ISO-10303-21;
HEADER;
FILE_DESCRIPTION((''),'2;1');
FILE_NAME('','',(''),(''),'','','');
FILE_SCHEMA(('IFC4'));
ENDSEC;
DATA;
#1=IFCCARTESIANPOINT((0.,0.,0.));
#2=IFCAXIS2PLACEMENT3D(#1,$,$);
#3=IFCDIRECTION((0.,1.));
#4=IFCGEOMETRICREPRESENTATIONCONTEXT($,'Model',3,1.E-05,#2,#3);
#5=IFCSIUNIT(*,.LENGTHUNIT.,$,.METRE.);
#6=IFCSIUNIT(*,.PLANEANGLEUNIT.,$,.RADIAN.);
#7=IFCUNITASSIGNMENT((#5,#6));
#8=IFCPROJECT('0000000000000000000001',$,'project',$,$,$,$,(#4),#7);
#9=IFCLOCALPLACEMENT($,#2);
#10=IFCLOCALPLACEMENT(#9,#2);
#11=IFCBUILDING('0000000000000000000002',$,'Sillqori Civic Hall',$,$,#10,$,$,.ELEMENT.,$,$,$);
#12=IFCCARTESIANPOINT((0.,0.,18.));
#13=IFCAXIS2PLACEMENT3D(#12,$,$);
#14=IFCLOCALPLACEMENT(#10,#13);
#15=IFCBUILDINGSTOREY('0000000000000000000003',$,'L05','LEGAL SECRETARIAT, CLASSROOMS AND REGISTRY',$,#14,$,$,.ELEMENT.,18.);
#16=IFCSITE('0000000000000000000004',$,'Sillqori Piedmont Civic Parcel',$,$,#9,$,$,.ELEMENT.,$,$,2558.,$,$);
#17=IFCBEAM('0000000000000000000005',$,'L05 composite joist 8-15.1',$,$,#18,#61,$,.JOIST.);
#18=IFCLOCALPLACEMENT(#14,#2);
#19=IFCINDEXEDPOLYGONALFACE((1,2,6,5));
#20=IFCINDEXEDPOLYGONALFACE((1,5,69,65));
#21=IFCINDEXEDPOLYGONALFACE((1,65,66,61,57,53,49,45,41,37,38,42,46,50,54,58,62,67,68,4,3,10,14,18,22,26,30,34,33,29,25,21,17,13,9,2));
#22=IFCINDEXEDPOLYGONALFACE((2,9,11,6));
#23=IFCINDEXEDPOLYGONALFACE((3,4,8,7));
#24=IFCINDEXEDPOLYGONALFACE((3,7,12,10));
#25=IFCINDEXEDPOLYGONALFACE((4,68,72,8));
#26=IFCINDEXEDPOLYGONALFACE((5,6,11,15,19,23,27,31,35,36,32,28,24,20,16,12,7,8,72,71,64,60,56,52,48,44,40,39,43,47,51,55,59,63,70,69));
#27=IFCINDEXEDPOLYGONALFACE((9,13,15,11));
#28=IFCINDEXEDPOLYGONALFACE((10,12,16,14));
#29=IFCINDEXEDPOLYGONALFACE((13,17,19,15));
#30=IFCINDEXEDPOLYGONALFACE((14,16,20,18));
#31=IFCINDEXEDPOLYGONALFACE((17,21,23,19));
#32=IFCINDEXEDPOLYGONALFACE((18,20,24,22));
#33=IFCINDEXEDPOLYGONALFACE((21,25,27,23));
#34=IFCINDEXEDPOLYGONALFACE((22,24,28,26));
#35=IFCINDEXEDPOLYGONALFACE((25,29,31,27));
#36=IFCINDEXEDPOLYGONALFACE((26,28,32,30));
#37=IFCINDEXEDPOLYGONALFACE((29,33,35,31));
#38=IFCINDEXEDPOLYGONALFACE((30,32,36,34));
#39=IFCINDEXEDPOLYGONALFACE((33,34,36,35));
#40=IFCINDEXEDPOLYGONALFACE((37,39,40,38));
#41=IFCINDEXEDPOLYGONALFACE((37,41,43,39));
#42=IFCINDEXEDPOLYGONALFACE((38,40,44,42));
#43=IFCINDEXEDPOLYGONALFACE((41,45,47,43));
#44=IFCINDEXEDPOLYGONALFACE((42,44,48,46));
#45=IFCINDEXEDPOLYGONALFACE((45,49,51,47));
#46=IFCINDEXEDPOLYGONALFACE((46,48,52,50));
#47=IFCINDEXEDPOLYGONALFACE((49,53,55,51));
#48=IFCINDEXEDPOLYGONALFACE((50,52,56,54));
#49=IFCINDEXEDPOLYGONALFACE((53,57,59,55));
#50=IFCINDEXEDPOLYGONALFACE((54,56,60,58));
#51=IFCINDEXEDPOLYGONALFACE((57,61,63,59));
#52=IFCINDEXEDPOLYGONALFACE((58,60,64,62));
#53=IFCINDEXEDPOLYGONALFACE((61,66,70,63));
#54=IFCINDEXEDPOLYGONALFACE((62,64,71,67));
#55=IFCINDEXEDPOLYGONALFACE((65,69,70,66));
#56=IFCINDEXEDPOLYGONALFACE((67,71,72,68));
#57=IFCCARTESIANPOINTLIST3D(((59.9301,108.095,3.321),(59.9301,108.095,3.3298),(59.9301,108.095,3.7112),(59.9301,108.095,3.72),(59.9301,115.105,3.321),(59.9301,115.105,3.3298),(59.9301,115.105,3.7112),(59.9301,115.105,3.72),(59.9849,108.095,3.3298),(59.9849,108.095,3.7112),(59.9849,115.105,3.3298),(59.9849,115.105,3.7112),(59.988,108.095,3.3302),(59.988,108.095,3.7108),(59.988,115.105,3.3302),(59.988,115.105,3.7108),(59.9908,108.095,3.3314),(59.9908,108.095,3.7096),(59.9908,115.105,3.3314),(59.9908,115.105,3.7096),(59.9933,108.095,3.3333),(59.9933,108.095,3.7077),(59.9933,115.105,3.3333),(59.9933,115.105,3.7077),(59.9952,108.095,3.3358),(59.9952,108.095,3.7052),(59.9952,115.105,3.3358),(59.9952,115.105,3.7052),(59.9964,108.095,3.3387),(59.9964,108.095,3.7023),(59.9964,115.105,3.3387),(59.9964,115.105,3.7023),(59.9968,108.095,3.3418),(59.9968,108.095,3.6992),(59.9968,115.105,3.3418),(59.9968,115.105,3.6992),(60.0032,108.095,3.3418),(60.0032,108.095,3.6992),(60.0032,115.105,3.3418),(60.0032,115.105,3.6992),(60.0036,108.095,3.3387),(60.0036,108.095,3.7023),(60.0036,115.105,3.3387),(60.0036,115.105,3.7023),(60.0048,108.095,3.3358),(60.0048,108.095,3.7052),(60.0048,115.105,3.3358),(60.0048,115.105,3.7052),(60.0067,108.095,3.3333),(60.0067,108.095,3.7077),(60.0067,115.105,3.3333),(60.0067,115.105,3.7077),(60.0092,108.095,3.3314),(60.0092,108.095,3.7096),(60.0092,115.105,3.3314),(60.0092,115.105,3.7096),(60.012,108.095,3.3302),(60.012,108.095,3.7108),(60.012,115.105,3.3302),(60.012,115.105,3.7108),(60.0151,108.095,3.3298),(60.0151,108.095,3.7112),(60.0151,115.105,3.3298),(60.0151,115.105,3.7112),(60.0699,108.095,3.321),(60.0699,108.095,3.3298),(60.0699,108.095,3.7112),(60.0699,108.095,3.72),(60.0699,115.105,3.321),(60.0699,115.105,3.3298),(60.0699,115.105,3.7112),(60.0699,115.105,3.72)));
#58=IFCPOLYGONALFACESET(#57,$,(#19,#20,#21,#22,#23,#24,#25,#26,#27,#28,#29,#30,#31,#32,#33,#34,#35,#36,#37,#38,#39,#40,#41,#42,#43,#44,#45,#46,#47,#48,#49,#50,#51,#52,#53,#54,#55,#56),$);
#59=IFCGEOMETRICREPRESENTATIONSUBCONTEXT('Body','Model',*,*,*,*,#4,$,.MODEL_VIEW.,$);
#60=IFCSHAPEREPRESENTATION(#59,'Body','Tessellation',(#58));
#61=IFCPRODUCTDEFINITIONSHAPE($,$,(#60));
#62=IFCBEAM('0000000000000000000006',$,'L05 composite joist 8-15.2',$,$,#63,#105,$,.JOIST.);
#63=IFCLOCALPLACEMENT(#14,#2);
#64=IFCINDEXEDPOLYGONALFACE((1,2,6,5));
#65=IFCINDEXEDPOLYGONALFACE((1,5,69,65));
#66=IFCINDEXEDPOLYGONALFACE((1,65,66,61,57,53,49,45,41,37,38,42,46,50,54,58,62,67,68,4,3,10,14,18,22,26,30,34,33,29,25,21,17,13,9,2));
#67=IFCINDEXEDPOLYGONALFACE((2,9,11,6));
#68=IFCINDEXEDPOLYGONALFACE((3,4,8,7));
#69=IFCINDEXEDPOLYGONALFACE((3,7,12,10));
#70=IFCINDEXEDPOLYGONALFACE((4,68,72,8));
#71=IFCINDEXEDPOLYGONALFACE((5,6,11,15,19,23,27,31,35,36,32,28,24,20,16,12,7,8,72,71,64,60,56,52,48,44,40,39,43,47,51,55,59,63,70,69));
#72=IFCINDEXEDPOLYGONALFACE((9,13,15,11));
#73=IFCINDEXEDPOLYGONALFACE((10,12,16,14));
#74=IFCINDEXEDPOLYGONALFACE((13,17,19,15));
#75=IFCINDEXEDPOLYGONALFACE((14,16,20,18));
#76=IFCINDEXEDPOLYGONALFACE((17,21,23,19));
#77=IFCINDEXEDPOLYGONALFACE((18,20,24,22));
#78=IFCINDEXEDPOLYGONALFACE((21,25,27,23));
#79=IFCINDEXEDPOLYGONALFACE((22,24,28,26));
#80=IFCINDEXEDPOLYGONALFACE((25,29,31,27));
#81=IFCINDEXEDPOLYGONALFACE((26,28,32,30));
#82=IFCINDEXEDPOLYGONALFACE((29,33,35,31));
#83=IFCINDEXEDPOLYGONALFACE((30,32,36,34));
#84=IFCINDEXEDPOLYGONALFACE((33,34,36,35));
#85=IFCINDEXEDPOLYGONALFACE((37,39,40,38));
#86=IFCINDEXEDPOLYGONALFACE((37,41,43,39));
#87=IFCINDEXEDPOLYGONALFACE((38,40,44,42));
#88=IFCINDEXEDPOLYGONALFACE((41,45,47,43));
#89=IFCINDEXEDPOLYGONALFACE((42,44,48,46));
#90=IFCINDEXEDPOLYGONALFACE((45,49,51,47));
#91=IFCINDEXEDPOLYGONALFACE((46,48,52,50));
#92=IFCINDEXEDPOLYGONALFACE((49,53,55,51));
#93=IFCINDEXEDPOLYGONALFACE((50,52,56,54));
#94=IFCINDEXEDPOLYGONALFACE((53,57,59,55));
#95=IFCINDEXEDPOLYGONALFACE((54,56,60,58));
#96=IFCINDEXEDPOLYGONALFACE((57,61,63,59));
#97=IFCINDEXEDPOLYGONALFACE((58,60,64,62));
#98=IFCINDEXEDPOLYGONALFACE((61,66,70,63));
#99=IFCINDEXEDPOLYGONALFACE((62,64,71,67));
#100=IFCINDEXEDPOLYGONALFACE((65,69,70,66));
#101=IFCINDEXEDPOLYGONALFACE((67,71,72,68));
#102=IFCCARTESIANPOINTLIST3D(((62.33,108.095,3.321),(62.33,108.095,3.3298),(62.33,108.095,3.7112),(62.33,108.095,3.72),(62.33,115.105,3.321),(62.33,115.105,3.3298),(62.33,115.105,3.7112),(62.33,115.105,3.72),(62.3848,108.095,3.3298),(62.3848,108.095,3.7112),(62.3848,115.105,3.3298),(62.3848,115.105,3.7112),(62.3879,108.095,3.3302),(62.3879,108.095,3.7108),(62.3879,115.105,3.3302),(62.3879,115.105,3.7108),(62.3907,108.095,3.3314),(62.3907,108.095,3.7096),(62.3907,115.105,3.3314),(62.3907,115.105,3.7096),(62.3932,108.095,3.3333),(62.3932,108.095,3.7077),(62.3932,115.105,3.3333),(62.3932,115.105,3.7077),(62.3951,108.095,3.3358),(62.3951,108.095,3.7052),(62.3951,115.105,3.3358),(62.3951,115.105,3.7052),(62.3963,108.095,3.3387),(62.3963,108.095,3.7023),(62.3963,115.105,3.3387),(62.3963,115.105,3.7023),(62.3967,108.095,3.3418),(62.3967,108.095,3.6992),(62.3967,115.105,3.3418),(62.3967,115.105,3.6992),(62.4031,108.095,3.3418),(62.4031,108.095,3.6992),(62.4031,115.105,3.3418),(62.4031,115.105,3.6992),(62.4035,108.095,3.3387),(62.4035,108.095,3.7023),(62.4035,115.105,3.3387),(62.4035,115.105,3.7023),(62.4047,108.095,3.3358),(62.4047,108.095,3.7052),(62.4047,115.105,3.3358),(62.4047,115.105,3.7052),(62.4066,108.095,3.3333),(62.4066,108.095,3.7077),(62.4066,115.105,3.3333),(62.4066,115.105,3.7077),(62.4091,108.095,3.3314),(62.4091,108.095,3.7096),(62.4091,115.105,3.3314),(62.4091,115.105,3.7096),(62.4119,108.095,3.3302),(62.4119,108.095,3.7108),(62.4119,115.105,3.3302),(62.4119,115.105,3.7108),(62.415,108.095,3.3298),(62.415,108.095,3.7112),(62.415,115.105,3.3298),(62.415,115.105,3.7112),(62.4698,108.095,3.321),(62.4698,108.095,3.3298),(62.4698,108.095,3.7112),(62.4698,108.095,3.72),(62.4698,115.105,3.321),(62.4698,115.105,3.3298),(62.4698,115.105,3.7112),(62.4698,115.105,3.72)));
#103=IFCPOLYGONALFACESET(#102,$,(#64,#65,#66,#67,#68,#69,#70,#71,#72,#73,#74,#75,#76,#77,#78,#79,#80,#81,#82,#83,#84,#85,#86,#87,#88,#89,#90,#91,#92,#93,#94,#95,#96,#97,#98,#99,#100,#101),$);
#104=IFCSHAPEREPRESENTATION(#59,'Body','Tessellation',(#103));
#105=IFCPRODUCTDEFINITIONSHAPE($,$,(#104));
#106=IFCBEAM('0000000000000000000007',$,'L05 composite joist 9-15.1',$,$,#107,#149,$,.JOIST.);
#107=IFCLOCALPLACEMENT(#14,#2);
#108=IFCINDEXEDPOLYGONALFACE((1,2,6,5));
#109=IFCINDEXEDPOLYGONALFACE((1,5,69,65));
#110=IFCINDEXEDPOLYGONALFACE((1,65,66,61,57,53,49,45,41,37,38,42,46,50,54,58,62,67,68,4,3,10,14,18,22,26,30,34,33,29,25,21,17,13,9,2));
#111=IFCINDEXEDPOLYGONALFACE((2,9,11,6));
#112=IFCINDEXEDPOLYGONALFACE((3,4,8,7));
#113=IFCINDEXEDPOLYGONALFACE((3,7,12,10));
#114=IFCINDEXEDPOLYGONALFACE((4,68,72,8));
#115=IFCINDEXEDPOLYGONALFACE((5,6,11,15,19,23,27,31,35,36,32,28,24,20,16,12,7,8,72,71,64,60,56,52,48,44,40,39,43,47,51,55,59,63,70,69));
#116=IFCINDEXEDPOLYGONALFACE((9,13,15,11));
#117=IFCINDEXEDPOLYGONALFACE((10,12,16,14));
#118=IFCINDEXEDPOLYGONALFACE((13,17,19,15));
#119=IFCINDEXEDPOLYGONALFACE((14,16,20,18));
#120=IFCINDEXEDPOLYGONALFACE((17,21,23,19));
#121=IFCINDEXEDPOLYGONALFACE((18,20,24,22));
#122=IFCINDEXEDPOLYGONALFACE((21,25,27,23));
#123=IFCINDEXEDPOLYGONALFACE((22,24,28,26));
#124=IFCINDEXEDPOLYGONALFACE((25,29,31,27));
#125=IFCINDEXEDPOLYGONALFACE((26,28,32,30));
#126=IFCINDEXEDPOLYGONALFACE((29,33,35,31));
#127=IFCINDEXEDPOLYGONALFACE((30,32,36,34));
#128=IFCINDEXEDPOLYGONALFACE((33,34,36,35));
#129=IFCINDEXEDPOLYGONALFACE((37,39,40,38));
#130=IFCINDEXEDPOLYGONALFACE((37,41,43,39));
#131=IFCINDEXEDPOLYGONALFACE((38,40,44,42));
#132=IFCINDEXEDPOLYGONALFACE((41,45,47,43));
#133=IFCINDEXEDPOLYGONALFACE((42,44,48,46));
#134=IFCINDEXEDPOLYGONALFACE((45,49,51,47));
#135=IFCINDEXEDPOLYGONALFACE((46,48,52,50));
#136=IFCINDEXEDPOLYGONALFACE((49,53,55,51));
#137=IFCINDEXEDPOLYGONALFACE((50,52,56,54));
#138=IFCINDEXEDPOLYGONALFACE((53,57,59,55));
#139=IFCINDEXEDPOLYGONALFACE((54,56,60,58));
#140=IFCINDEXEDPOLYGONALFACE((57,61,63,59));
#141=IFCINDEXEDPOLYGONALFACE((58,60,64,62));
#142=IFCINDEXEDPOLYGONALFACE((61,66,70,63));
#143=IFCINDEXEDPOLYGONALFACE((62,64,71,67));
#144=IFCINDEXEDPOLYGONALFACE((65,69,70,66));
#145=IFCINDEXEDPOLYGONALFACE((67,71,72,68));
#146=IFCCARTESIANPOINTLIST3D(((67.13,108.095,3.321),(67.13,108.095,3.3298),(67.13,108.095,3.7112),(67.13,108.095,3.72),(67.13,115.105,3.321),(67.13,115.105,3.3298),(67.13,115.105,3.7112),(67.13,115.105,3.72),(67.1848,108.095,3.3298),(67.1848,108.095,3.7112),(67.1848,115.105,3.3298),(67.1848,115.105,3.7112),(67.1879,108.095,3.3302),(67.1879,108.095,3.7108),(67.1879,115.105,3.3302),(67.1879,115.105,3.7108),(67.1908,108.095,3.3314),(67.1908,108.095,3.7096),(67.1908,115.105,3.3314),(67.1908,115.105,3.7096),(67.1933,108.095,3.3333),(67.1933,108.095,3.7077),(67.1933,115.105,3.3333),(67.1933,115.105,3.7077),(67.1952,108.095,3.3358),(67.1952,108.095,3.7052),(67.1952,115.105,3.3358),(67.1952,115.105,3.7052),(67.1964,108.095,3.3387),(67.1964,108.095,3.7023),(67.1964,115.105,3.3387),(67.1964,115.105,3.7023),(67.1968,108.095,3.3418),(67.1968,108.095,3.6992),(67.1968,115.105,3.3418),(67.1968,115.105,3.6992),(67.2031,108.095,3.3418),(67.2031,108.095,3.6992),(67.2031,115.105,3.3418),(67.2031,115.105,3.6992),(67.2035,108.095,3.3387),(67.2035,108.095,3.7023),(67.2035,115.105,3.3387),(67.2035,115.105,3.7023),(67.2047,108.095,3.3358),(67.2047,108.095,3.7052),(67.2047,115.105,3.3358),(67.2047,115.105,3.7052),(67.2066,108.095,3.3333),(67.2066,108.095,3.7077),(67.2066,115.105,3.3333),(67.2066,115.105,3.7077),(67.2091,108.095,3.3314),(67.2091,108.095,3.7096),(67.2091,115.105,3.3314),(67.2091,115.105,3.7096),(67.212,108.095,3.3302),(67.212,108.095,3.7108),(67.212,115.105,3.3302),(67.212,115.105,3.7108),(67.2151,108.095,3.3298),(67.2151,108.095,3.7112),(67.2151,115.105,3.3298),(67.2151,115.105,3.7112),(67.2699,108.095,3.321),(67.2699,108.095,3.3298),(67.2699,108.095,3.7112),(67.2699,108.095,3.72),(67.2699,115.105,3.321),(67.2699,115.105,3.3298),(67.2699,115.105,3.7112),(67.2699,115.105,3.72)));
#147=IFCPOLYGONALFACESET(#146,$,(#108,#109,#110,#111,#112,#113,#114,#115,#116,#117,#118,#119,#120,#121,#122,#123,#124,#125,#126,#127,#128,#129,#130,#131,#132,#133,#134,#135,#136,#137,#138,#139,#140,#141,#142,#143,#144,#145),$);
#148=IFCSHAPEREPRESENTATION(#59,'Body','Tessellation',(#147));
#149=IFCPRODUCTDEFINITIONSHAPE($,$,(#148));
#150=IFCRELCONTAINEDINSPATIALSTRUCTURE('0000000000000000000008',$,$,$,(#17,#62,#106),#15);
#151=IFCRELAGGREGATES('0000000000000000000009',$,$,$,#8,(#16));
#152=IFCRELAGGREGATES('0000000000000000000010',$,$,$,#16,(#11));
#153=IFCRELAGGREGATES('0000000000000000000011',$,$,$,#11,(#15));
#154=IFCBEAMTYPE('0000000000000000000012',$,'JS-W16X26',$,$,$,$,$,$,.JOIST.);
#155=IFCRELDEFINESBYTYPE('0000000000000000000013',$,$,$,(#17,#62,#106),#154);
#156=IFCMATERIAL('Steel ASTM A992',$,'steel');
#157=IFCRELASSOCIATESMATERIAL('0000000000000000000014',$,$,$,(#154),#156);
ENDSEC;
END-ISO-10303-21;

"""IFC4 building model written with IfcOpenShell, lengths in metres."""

from ifc_helpers import new_model, si_unit, direction, frame, origin, origin_2d, place, context, subcontext, project, spatial, i_section, extrude, material, material_profile, profile_set, type_object, element, save


model = new_model("IFC4")

# Units and contexts
model_context = context("Model", 3, precision=1e-05, world=origin(), true_north=direction((0.0, 1.0)))
body_context = subcontext(model_context, "Body", "Model", "MODEL_VIEW")
ifc_project = project(units=[si_unit("LENGTHUNIT", "METRE"), si_unit("PLANEANGLEUNIT", "RADIAN")], contexts=[model_context])

# Site, building, storey
site_placement = place(None, origin())
site = spatial("IfcSite", under=ifc_project, at=site_placement, Name="Sillqori Piedmont Civic Parcel", CompositionType="ELEMENT", RefElevation=2558.0)
building_placement = place(site_placement, origin())
building = spatial("IfcBuilding", under=site, at=building_placement, Name="Sillqori Civic Hall", CompositionType="ELEMENT")
storey_placement = place(building_placement, frame((0.0, 0.0, 18.0)))
storey = spatial("IfcBuildingStorey", under=building, at=storey_placement, Name="L05", Description="LEGAL SECRETARIAT, CLASSROOMS AND REGISTRY", CompositionType="ELEMENT", Elevation=18.0)

# Shared definitions
ifc_material = material(Name="Steel ASTM A992", Category="steel")

# Beams
ifc_material_profile_1 = material_profile(ifc_material, i_section(OverallWidth=0.1399, OverallDepth=0.3989, WebThickness=0.0063, FlangeThickness=0.0088, FilletRadius=0.012, at=origin_2d()), Name="W16X26")
ifc_profile_set_1 = profile_set([ifc_material_profile_1], Name="Steel ASTM A992")
beam_type_1 = type_object("IfcBeamType", Name="JS-W16X26", PredefinedType="JOIST", material=ifc_profile_set_1)
for number, where, z_axis, x_axis, name in (
    (1, (60.0, 108.095, 3.5205), (0.0, 1.0, 0.0), (-1.0, 0.0, 0.0), "L05 composite joist 8-15.1"),
    (2, (62.3999, 108.095, 3.5205), (0.0, 1.0, 0.0), (-1.0, 0.0, 0.0), "L05 composite joist 8-15.2"),
    (3, (67.2, 108.095, 3.5205), (0.0, 1.0, 0.0), (-1.0, 0.0, 0.0), "L05 composite joist 9-15.1"),
):
    element("IfcBeam", number, at=place(storey_placement, frame(where, z_axis=z_axis, x_axis=x_axis)), inside=storey, type_object=beam_type_1, Name=name, PredefinedType="JOIST", context=body_context, shape_type="SweptSolid", body=[
        extrude(i_section(OverallWidth=0.1399, OverallDepth=0.3989, WebThickness=0.0063, FlangeThickness=0.0088, FilletRadius=0.012, at=origin_2d()), origin(), (0.0, 0.0, 1.0), 7.01),
    ])

save(model, "model.ifc")
